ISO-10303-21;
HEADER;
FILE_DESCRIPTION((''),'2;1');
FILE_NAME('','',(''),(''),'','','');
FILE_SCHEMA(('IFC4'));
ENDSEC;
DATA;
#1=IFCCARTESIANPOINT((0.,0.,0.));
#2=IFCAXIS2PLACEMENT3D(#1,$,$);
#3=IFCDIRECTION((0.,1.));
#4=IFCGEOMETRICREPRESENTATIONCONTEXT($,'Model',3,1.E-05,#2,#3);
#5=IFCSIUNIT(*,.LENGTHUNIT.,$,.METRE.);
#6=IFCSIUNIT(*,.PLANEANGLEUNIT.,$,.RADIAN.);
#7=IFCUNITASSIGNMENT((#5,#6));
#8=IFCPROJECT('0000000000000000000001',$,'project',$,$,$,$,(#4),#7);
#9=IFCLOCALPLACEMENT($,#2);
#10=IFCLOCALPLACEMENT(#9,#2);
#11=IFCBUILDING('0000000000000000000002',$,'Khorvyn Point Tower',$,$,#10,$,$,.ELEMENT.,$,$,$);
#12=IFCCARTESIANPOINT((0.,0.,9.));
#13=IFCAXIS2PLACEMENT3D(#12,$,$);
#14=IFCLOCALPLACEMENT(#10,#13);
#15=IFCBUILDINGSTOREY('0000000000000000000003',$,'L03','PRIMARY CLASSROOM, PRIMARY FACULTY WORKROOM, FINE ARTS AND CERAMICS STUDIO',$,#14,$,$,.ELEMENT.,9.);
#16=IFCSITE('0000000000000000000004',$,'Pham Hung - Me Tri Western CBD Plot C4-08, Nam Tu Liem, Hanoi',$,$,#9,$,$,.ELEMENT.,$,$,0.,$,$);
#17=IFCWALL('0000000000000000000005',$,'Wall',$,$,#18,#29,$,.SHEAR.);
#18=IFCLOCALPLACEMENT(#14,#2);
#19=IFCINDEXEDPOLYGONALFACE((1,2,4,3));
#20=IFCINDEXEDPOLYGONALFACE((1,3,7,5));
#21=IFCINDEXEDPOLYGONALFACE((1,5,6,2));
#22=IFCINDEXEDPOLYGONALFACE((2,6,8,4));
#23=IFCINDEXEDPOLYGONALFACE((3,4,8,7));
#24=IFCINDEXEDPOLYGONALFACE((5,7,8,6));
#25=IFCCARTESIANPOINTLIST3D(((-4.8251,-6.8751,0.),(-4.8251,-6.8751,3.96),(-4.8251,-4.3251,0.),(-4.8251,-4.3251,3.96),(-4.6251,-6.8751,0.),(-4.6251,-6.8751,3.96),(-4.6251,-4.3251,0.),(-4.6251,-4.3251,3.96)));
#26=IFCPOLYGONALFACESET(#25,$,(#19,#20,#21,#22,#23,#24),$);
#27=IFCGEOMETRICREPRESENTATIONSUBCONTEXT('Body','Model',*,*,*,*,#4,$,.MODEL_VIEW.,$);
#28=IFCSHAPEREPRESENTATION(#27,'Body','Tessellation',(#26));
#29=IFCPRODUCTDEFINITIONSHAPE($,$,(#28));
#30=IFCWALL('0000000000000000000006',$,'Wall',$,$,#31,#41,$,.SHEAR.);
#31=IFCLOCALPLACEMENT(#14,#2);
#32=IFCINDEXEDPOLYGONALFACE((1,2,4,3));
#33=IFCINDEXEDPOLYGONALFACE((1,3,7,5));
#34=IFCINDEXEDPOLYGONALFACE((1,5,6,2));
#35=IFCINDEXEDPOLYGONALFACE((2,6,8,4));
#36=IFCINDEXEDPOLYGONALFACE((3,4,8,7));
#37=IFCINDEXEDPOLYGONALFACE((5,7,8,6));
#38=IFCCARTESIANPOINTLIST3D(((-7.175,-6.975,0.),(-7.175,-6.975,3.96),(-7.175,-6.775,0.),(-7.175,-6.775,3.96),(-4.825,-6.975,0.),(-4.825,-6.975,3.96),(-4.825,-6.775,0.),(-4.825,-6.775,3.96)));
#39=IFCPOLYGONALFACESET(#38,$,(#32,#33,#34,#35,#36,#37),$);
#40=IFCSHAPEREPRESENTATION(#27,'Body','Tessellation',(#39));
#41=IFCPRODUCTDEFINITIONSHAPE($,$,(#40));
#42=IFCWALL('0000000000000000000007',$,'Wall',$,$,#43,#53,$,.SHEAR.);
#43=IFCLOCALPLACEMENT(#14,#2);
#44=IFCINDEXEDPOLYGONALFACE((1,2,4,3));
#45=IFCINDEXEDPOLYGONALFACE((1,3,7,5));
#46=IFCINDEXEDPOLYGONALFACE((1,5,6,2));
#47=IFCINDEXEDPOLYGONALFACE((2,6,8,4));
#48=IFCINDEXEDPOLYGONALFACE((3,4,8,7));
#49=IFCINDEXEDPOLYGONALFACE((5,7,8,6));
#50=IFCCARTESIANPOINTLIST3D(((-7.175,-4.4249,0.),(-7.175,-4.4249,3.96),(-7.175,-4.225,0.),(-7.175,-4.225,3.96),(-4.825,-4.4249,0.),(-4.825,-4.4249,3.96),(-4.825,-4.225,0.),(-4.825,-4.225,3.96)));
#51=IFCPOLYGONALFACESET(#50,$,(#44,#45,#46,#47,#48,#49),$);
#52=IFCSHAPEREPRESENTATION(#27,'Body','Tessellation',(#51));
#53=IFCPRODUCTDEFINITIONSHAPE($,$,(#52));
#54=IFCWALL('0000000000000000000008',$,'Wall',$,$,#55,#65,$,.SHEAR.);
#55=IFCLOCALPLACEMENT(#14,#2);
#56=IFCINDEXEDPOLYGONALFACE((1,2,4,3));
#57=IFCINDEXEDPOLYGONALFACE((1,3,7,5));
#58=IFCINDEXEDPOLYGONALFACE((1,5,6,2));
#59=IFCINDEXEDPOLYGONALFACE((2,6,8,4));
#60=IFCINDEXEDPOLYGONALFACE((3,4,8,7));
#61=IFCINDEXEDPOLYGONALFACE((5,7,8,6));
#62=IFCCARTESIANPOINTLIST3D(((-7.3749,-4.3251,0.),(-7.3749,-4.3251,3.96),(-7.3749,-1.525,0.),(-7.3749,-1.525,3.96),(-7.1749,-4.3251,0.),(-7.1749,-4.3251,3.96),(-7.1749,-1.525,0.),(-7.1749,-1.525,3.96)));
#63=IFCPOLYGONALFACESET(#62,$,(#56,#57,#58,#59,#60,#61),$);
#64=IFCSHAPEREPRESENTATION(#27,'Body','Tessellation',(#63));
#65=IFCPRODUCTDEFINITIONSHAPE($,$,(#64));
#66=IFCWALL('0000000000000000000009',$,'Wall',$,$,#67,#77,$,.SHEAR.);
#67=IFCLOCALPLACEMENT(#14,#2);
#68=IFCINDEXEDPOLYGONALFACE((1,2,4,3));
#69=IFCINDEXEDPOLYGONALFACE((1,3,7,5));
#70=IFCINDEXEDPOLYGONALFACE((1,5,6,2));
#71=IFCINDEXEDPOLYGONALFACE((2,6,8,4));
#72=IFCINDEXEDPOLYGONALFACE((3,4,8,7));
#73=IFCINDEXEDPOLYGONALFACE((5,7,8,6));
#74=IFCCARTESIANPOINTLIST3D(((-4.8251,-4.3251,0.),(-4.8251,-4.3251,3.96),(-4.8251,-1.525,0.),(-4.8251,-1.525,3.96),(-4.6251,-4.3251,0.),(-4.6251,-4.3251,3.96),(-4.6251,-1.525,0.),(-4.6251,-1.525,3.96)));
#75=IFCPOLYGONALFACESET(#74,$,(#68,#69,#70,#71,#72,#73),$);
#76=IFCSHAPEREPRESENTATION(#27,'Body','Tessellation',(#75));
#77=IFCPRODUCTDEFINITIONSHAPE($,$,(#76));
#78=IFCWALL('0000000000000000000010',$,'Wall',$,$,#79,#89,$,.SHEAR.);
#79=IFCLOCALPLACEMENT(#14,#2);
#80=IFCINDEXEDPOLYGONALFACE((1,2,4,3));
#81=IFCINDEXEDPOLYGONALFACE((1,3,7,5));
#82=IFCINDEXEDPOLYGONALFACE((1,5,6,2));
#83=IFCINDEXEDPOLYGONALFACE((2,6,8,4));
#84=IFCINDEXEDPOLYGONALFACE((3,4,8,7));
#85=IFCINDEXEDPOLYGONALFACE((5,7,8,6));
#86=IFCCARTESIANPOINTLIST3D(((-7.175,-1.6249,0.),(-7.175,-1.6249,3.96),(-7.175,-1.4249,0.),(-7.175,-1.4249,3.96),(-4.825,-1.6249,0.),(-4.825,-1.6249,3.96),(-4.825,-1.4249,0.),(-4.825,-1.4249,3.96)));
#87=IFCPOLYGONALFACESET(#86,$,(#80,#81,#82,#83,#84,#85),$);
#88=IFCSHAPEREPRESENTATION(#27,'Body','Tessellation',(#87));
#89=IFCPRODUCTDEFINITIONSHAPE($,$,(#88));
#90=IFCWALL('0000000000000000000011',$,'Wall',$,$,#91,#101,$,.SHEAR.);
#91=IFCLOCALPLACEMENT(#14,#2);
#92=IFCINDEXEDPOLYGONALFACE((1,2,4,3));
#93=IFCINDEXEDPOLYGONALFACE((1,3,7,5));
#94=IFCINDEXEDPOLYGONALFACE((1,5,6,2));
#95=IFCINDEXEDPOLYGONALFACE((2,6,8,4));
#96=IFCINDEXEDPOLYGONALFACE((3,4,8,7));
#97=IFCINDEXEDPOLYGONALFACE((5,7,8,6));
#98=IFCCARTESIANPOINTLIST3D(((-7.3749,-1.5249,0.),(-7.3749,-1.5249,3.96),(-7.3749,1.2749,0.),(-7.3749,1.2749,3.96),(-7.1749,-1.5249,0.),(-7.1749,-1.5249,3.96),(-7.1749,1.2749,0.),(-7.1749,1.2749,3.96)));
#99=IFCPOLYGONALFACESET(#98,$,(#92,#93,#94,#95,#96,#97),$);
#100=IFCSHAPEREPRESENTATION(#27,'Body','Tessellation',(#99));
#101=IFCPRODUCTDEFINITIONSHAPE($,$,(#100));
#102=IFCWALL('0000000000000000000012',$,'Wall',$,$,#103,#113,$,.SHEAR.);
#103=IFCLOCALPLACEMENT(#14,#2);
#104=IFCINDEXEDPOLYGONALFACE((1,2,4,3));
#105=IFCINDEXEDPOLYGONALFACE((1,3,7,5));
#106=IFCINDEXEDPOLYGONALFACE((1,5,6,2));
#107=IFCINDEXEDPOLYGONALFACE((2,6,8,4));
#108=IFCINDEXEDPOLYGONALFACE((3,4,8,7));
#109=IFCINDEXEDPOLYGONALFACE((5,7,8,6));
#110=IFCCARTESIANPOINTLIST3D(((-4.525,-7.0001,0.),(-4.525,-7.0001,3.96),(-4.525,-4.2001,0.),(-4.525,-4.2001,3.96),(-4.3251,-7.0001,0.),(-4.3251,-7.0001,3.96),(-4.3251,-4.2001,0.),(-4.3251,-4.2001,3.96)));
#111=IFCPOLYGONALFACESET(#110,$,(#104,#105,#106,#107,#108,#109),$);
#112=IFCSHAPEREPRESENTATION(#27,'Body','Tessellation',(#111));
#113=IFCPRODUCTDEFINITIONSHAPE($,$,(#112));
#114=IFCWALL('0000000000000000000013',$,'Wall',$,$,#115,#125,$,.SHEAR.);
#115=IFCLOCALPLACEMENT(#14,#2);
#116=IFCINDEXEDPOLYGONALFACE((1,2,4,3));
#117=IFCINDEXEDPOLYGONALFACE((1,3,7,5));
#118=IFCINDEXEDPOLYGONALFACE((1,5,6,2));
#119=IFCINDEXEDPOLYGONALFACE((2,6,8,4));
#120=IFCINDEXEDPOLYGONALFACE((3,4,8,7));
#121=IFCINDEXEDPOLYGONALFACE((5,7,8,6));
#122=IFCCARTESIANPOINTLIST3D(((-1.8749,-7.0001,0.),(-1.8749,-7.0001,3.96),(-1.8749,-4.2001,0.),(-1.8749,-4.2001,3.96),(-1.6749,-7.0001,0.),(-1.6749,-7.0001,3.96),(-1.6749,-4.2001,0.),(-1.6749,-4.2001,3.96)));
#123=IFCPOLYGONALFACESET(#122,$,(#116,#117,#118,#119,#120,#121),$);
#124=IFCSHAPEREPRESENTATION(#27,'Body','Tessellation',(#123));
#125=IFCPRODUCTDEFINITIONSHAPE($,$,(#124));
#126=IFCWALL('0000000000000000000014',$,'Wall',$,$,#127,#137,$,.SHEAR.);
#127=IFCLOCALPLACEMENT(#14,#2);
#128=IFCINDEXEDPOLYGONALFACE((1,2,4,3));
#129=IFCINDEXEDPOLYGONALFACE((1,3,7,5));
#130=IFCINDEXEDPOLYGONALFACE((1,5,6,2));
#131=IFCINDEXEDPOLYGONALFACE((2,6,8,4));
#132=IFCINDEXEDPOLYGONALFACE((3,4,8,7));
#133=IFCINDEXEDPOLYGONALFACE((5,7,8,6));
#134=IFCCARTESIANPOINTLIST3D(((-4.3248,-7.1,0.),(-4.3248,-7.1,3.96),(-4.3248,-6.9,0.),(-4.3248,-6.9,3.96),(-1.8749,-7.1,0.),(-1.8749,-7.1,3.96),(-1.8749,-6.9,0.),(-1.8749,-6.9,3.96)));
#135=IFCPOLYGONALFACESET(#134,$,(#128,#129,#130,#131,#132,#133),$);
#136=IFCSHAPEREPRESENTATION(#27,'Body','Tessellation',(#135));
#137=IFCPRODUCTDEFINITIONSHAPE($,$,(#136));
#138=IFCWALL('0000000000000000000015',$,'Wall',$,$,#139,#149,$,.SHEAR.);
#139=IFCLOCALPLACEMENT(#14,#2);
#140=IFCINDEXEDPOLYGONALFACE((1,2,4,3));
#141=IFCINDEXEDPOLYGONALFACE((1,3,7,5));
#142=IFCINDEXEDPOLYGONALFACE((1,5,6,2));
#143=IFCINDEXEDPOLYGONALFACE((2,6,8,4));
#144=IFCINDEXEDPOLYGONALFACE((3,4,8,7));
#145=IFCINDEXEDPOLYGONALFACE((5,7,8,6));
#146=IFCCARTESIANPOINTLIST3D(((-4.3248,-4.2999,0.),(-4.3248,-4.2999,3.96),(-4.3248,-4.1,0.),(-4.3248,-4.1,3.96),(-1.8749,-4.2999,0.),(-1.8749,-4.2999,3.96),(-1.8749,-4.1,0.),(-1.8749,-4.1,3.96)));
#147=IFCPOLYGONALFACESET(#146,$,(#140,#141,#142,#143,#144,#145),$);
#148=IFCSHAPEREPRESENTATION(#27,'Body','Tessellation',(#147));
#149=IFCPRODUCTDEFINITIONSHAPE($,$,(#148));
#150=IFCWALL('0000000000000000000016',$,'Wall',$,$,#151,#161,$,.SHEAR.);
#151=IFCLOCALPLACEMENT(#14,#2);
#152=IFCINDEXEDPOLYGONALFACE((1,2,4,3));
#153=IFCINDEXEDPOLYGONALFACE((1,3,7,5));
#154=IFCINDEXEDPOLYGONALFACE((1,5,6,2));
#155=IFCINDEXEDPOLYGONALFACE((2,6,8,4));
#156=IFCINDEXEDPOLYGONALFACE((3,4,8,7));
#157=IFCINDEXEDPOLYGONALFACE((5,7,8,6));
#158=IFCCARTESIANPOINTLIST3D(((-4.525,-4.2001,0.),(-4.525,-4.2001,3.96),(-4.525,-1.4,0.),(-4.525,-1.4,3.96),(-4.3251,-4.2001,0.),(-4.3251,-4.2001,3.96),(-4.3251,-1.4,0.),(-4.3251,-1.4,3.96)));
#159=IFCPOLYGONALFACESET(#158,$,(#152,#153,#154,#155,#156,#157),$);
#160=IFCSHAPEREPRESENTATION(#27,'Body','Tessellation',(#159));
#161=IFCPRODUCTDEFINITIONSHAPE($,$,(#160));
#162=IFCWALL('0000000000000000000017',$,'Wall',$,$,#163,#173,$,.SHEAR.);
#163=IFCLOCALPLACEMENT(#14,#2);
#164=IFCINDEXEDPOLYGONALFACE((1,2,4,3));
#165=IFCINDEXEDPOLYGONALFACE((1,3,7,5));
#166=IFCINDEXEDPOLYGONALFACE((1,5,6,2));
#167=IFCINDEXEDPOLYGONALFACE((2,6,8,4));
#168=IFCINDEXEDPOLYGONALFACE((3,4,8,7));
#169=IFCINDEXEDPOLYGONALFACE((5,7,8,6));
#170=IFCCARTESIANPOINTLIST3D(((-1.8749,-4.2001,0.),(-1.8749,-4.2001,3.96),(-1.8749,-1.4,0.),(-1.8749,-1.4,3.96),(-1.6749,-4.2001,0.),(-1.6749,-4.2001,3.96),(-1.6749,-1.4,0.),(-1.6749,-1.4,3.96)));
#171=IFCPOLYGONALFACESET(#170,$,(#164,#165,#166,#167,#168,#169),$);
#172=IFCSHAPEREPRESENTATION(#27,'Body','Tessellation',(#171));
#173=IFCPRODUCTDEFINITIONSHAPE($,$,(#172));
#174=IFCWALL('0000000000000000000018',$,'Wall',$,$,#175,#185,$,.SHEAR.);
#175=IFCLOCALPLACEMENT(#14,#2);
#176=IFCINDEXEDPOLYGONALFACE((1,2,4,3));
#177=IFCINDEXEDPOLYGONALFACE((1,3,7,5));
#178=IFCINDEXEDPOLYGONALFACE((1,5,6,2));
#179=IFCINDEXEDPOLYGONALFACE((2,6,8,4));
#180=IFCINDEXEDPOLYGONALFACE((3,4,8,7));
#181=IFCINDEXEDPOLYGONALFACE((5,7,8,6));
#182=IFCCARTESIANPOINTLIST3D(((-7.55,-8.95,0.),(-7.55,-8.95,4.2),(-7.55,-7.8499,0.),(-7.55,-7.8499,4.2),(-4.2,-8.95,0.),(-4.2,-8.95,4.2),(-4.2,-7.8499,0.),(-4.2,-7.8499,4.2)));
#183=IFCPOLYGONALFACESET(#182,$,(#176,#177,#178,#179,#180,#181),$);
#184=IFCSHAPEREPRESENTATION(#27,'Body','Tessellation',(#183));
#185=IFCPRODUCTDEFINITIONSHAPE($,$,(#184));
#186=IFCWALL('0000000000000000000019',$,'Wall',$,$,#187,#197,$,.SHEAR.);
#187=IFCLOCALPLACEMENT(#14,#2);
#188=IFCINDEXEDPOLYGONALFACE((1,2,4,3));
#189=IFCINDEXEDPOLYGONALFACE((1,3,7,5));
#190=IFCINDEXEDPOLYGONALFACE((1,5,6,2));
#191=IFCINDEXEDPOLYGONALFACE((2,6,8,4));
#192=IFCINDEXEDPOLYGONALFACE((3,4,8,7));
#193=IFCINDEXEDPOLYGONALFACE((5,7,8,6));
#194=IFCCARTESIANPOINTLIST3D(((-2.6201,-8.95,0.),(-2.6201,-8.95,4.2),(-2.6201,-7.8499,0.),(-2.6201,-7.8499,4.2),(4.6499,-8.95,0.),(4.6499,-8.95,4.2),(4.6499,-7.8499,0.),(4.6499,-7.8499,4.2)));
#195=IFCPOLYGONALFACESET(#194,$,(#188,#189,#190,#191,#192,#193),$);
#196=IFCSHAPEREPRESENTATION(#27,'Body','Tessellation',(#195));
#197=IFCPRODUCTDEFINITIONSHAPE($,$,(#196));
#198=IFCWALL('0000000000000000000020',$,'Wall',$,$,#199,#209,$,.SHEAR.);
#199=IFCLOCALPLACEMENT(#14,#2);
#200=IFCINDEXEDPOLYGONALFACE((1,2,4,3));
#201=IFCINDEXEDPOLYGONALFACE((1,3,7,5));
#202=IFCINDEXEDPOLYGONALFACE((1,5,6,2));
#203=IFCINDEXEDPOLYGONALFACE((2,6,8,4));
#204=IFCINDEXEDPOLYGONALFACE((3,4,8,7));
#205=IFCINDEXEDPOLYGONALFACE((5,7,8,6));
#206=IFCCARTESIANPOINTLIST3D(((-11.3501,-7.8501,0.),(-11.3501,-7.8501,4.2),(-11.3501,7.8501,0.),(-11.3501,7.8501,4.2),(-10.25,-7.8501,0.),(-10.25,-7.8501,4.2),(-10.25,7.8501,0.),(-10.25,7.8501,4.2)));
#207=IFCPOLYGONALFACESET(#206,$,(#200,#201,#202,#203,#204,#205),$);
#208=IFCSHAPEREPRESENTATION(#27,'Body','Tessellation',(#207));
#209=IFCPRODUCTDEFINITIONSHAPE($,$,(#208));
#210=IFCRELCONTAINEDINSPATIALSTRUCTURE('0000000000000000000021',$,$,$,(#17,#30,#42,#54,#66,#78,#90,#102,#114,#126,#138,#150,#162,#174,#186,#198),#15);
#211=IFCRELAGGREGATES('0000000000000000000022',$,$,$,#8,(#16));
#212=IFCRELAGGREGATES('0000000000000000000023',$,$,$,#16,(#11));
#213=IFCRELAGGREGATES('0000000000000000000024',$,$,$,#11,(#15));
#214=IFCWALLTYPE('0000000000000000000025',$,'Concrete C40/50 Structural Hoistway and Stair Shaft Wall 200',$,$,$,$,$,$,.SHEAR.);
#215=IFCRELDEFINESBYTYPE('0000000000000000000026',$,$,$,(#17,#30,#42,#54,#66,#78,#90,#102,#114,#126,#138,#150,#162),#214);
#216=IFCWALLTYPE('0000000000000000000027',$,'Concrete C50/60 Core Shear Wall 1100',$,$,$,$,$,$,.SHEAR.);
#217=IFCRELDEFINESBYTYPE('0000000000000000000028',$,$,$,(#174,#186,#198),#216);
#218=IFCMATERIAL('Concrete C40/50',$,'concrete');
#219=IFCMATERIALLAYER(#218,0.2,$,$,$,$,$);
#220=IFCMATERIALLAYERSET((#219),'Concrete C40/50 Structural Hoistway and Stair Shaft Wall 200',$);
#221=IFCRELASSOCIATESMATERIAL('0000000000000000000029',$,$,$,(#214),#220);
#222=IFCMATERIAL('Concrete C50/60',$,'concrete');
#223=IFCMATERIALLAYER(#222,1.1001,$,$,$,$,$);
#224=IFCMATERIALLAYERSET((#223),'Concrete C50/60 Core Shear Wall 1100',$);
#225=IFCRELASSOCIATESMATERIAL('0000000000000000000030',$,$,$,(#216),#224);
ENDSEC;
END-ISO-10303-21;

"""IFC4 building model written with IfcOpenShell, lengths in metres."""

from ifc_helpers import new_model, si_unit, direction, frame, frame_2d, origin, place, context, subcontext, project, spatial, rectangle, extrude, material, layer, layer_set, type_object, element, save


model = new_model("IFC4")

# Units and contexts
model_context = context("Model", 3, precision=1e-05, world=origin(), true_north=direction((0.0, 1.0)))
body_context = subcontext(model_context, "Body", "Model", "MODEL_VIEW")
ifc_project = project(units=[si_unit("LENGTHUNIT", "METRE"), si_unit("PLANEANGLEUNIT", "RADIAN")], contexts=[model_context])

# Site, building, storey
site_placement = place(None, origin())
site = spatial("IfcSite", under=ifc_project, at=site_placement, Name="Pham Hung - Me Tri Western CBD Plot C4-08, Nam Tu Liem, Hanoi", CompositionType="ELEMENT", RefElevation=0.0)
building_placement = place(site_placement, origin())
building = spatial("IfcBuilding", under=site, at=building_placement, Name="Khorvyn Point Tower", CompositionType="ELEMENT")
storey_placement = place(building_placement, frame((0.0, 0.0, 9.0)))
storey = spatial("IfcBuildingStorey", under=building, at=storey_placement, Name="L03", Description="PRIMARY CLASSROOM, PRIMARY FACULTY WORKROOM, FINE ARTS AND CERAMICS STUDIO", CompositionType="ELEMENT", Elevation=9.0)

# Shared definitions
ifc_material_1 = material(Name="Concrete C40/50", Category="concrete")
ifc_material_2 = material(Name="Concrete C50/60", Category="concrete")

# Walls
ifc_layer_1 = layer(ifc_material_1, 0.2)
ifc_layer_set_1 = layer_set([ifc_layer_1], Name="Concrete C40/50 Structural Hoistway and Stair Shaft Wall 200")
wall_type_1 = type_object("IfcWallType", Name="Concrete C40/50 Structural Hoistway and Stair Shaft Wall 200", PredefinedType="SHEAR", material=ifc_layer_set_1)
for number, where, z_axis, x_axis, name in (
    (1, (-4.7251, -6.875, 0.0), (0.0, 0.0, 1.0), (0.0, 1.0, 0.0), "Wall"),
):
    element("IfcWall", number, at=place(storey_placement, frame(where, z_axis=z_axis, x_axis=x_axis)), inside=storey, type_object=wall_type_1, Name=name, PredefinedType="SHEAR", context=body_context, shape_type="SweptSolid", body=[
        extrude(rectangle(XDim=2.55, YDim=0.2, at=frame_2d((1.2749, 0.0))), origin(), (0.0, 0.0, 1.0), 3.96),
    ])
for number, where, z_axis, x_axis, name in (
    (2, (-7.175, -6.875, 0.0), (0.0, 0.0, 1.0), (1.0, 0.0, 0.0), "Wall"),
    (3, (-7.175, -4.325, 0.0), (0.0, 0.0, 1.0), (1.0, 0.0, 0.0), "Wall"),
):
    element("IfcWall", number, at=place(storey_placement, frame(where, z_axis=z_axis, x_axis=x_axis)), inside=storey, type_object=wall_type_1, Name=name, PredefinedType="SHEAR", context=body_context, shape_type="SweptSolid", body=[
        extrude(rectangle(XDim=2.3501, YDim=0.2, at=frame_2d((1.175, 0.0))), origin(), (0.0, 0.0, 1.0), 3.96),
    ])
for number, where, z_axis, x_axis, name in (
    (4, (-7.2749, -4.325, 0.0), (0.0, 0.0, 1.0), (0.0, 1.0, 0.0), "Wall"),
    (5, (-4.7251, -4.325, 0.0), (0.0, 0.0, 1.0), (0.0, 1.0, 0.0), "Wall"),
):
    element("IfcWall", number, at=place(storey_placement, frame(where, z_axis=z_axis, x_axis=x_axis)), inside=storey, type_object=wall_type_1, Name=name, PredefinedType="SHEAR", context=body_context, shape_type="SweptSolid", body=[
        extrude(rectangle(XDim=2.8, YDim=0.2, at=frame_2d((1.3999, 0.0))), origin(), (0.0, 0.0, 1.0), 3.96),
    ])
wall_1_placement = place(storey_placement, frame((-7.175, -1.5249, 0.0), z_axis=(0.0, 0.0, 1.0), x_axis=(1.0, 0.0, 0.0)))
element("IfcWall", 6, at=wall_1_placement, inside=storey, type_object=wall_type_1, Name="Wall", PredefinedType="SHEAR", context=body_context, shape_type="SweptSolid", body=[
    extrude(rectangle(XDim=2.3501, YDim=0.2, at=frame_2d((1.175, 0.0))), origin(), (0.0, 0.0, 1.0), 3.96),
])
wall_2_placement = place(storey_placement, frame((-7.2749, -1.5249, 0.0), z_axis=(0.0, 0.0, 1.0), x_axis=(0.0, 1.0, 0.0)))
element("IfcWall", 7, at=wall_2_placement, inside=storey, type_object=wall_type_1, Name="Wall", PredefinedType="SHEAR", context=body_context, shape_type="SweptSolid", body=[
    extrude(rectangle(XDim=2.7998, YDim=0.2, at=frame_2d((1.3999, 0.0))), origin(), (0.0, 0.0, 1.0), 3.96),
])
for number, where, z_axis, x_axis, name in (
    (8, (-4.425, -7.0, 0.0), (0.0, 0.0, 1.0), (0.0, 1.0, 0.0), "Wall"),
    (9, (-1.7749, -7.0, 0.0), (0.0, 0.0, 1.0), (0.0, 1.0, 0.0), "Wall"),
):
    element("IfcWall", number, at=place(storey_placement, frame(where, z_axis=z_axis, x_axis=x_axis)), inside=storey, type_object=wall_type_1, Name=name, PredefinedType="SHEAR", context=body_context, shape_type="SweptSolid", body=[
        extrude(rectangle(XDim=2.8, YDim=0.2, at=frame_2d((1.3999, 0.0))), origin(), (0.0, 0.0, 1.0), 3.96),
    ])
for number, where, z_axis, x_axis, name in (
    (10, (-4.325, -7.0, 0.0), (0.0, 0.0, 1.0), (1.0, 0.0, 0.0), "Wall"),
    (11, (-4.325, -4.2, 0.0), (0.0, 0.0, 1.0), (1.0, 0.0, 0.0), "Wall"),
):
    element("IfcWall", number, at=place(storey_placement, frame(where, z_axis=z_axis, x_axis=x_axis)), inside=storey, type_object=wall_type_1, Name=name, PredefinedType="SHEAR", context=body_context, shape_type="SweptSolid", body=[
        extrude(rectangle(XDim=2.45, YDim=0.2, at=frame_2d((1.2251, 0.0))), origin(), (0.0, 0.0, 1.0), 3.96),
    ])
for number, where, z_axis, x_axis, name in (
    (12, (-4.425, -4.2, 0.0), (0.0, 0.0, 1.0), (0.0, 1.0, 0.0), "Wall"),
    (13, (-1.7749, -4.2, 0.0), (0.0, 0.0, 1.0), (0.0, 1.0, 0.0), "Wall"),
):
    element("IfcWall", number, at=place(storey_placement, frame(where, z_axis=z_axis, x_axis=x_axis)), inside=storey, type_object=wall_type_1, Name=name, PredefinedType="SHEAR", context=body_context, shape_type="SweptSolid", body=[
        extrude(rectangle(XDim=2.8, YDim=0.2, at=frame_2d((1.3999, 0.0))), origin(), (0.0, 0.0, 1.0), 3.96),
    ])
ifc_layer_2 = layer(ifc_material_2, 1.1001)
ifc_layer_set_2 = layer_set([ifc_layer_2], Name="Concrete C50/60 Core Shear Wall 1100")
wall_type_2 = type_object("IfcWallType", Name="Concrete C50/60 Core Shear Wall 1100", PredefinedType="SHEAR", material=ifc_layer_set_2)
wall_3_placement = place(storey_placement, frame((-7.55, -8.3999, 0.0), z_axis=(0.0, 0.0, 1.0), x_axis=(1.0, 0.0, 0.0)))
element("IfcWall", 14, at=wall_3_placement, inside=storey, type_object=wall_type_2, Name="Wall", PredefinedType="SHEAR", context=body_context, shape_type="SweptSolid", body=[
    extrude(rectangle(XDim=3.3501, YDim=1.1001, at=frame_2d((1.675, 0.0))), origin(), (0.0, 0.0, 1.0), 4.2),
])
wall_4_placement = place(storey_placement, frame((-2.6201, -8.3999, 0.0), z_axis=(0.0, 0.0, 1.0), x_axis=(1.0, 0.0, 0.0)))
element("IfcWall", 15, at=wall_4_placement, inside=storey, type_object=wall_type_2, Name="Wall", PredefinedType="SHEAR", context=body_context, shape_type="SweptSolid", body=[
    extrude(rectangle(XDim=7.27, YDim=1.1001, at=frame_2d((3.635, 0.0))), origin(), (0.0, 0.0, 1.0), 4.2),
])
wall_5_placement = place(storey_placement, frame((-10.8, -7.8501, 0.0), z_axis=(0.0, 0.0, 1.0), x_axis=(0.0, 1.0, 0.0)))
element("IfcWall", 16, at=wall_5_placement, inside=storey, type_object=wall_type_2, Name="Wall", PredefinedType="SHEAR", context=body_context, shape_type="SweptSolid", body=[
    extrude(rectangle(XDim=15.7002, YDim=1.1001, at=frame_2d((7.8501, 0.0))), origin(), (0.0, 0.0, 1.0), 4.2),
])

save(model, "model.ifc")
